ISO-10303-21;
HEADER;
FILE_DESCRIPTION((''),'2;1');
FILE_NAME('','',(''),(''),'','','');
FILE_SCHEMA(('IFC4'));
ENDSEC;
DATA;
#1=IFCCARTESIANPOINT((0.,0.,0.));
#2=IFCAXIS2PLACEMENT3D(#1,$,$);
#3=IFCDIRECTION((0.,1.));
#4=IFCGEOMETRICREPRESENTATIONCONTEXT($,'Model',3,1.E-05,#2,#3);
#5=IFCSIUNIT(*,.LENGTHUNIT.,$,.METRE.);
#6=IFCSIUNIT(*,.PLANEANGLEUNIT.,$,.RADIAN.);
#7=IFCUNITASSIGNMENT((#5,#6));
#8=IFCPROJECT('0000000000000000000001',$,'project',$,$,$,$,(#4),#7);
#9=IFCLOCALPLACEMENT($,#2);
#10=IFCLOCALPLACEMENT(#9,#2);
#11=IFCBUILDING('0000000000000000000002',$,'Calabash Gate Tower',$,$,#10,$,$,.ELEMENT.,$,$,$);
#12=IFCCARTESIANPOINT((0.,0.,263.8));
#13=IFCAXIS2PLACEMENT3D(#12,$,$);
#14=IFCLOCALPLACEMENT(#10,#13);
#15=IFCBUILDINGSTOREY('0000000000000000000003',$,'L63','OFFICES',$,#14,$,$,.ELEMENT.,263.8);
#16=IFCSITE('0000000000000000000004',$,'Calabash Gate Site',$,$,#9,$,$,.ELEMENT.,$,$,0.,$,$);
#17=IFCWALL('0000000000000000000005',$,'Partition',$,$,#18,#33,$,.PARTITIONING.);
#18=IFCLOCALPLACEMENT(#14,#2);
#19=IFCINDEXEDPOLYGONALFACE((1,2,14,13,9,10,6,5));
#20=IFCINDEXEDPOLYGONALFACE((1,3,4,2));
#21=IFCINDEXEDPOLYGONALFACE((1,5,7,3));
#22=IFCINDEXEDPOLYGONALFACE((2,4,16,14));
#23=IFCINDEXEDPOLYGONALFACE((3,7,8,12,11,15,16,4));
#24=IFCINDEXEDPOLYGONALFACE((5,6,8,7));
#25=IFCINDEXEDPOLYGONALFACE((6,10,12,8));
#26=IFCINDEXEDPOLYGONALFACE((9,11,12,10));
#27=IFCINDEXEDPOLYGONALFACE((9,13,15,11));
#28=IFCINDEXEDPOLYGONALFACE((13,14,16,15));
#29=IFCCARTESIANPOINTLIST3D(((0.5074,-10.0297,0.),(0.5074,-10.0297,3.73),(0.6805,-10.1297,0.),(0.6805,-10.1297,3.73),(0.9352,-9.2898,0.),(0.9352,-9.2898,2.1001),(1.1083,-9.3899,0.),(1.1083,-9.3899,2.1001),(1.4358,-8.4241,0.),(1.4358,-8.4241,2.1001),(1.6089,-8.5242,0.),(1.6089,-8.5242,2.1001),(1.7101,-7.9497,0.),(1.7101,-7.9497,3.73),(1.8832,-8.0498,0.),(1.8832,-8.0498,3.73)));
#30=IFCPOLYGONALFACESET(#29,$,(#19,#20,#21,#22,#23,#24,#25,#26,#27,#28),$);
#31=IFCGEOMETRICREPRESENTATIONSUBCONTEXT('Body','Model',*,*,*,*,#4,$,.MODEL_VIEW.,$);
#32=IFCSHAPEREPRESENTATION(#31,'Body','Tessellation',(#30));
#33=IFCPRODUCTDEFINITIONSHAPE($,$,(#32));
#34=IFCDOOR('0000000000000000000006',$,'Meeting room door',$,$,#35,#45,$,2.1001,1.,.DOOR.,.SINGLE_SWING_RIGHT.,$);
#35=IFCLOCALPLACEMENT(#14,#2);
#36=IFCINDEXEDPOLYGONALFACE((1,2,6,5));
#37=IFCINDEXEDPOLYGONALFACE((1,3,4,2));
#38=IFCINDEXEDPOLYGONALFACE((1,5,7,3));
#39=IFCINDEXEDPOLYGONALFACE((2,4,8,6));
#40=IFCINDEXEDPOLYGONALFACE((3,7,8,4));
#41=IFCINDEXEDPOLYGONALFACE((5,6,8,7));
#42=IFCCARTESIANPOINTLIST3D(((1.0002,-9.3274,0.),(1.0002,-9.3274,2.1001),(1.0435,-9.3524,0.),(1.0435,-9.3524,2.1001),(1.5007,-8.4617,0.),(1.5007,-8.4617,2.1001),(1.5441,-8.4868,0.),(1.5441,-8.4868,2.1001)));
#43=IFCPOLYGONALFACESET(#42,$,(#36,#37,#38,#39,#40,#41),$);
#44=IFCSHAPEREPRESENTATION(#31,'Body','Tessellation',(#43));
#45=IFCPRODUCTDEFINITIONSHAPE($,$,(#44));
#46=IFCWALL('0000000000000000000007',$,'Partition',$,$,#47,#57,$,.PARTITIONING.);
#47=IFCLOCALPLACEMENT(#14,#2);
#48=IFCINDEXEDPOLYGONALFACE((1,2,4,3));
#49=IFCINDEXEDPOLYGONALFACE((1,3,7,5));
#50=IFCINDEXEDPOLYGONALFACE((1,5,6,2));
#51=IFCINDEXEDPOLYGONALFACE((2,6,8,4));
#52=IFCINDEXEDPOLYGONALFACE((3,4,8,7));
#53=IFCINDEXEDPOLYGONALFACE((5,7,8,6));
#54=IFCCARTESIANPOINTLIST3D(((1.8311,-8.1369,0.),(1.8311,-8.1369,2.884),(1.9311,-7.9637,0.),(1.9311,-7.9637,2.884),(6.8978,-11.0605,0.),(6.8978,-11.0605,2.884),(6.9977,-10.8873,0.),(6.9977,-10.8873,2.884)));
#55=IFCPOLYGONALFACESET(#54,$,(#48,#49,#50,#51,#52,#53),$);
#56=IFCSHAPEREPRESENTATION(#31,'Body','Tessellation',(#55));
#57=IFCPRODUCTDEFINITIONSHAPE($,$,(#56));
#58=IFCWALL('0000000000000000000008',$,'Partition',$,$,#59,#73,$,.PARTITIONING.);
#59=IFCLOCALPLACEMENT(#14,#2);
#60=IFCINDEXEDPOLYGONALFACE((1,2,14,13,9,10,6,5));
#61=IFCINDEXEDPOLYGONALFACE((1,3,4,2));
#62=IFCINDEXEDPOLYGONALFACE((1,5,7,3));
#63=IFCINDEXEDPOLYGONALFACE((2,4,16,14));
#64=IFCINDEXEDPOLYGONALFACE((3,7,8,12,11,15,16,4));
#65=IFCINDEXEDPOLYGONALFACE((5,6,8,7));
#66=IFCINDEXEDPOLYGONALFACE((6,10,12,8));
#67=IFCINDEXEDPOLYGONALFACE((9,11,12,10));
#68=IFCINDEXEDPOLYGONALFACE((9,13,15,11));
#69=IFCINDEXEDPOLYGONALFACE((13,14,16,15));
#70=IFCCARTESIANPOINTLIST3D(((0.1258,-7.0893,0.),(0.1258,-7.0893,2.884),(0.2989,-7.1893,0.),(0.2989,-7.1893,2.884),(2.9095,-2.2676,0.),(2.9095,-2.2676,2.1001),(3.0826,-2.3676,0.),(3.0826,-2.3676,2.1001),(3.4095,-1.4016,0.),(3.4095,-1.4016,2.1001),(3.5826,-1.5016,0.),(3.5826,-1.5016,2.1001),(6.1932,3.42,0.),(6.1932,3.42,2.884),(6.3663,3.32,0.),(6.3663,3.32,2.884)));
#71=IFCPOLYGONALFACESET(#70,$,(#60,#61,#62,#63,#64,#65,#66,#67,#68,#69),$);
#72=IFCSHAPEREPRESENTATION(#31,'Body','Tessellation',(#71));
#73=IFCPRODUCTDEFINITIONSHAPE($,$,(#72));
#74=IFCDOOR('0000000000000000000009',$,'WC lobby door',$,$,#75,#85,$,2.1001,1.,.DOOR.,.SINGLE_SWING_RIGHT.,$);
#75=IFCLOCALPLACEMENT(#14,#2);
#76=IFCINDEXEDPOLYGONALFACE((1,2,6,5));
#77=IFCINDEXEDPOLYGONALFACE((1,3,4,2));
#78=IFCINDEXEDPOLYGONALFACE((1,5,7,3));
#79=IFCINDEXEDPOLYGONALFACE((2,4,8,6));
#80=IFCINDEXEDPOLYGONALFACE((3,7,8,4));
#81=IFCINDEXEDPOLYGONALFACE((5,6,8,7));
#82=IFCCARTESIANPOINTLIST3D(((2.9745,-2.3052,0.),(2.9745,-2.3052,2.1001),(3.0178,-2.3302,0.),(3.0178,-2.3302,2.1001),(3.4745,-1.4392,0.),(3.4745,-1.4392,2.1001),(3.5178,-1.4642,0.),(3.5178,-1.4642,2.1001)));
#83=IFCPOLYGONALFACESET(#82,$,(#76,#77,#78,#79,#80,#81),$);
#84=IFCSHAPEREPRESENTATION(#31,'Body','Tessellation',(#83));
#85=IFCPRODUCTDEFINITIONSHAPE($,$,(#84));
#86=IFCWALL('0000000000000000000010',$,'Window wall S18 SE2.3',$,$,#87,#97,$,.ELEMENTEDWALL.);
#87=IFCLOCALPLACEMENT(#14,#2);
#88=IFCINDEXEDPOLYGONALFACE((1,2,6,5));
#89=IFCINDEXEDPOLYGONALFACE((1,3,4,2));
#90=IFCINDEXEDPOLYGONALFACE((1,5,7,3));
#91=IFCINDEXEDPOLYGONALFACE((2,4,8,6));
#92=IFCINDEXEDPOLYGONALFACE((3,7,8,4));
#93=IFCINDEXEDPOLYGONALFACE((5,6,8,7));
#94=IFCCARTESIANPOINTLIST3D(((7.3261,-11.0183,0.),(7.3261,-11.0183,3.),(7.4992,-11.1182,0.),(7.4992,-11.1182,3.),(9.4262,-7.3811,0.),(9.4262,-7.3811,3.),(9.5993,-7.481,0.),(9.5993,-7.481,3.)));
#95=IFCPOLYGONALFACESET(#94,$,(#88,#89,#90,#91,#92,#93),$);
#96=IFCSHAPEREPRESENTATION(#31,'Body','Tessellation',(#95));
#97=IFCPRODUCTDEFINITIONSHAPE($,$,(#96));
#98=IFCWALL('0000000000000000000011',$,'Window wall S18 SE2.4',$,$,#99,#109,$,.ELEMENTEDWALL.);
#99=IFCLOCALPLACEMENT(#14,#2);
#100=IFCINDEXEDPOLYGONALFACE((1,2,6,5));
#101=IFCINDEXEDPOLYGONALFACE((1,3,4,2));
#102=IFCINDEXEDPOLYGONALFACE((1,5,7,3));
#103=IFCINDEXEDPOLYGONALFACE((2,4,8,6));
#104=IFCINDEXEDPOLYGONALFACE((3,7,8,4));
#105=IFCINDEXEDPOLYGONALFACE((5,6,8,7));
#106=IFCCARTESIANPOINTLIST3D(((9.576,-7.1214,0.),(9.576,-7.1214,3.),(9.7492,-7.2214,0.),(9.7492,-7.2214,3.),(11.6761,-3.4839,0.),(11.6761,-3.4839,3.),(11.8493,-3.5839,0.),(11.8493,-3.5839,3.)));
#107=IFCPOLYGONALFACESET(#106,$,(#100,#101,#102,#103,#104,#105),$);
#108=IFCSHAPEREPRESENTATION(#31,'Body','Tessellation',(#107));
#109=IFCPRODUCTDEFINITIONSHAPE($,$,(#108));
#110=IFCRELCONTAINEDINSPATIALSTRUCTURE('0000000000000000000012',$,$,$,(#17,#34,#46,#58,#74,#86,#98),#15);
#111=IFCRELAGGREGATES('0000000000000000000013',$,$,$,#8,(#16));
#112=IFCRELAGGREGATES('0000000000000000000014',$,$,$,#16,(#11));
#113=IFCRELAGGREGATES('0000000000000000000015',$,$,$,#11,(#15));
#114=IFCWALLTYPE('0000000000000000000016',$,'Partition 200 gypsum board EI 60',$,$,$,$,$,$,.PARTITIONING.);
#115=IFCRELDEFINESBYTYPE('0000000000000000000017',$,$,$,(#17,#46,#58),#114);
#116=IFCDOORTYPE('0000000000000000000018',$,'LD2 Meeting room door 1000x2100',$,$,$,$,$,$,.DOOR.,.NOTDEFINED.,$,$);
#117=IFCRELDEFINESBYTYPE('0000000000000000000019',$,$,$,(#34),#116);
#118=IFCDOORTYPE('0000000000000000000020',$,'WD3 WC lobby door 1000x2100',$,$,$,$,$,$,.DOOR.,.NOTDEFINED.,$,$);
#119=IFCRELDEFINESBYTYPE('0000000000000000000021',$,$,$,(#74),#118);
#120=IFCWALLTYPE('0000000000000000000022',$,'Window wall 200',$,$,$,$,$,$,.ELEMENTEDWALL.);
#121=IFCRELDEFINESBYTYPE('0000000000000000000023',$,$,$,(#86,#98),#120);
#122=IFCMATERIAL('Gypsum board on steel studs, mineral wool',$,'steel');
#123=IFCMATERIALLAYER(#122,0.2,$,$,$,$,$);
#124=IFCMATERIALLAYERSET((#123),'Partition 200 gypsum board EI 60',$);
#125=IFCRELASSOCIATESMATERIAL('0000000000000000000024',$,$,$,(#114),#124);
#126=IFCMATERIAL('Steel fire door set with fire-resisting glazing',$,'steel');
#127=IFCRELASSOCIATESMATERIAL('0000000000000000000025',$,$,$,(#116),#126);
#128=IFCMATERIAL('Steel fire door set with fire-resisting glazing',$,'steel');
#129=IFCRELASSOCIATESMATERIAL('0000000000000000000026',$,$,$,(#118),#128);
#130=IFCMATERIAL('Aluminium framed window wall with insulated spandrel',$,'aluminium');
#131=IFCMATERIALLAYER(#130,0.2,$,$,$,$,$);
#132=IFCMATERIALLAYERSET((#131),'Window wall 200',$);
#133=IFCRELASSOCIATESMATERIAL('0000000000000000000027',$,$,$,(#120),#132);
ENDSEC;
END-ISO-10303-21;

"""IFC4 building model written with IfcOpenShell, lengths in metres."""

from ifc_helpers import new_model, si_unit, direction, frame, frame_2d, origin, place, context, subcontext, project, spatial, rectangle, extrude, material, layer, layer_set, type_object, element, fill, save


model = new_model("IFC4")

# Units and contexts
model_context = context("Model", 3, precision=1e-05, world=origin(), true_north=direction((0.0, 1.0)))
body_context = subcontext(model_context, "Body", "Model", "MODEL_VIEW")
ifc_project = project(units=[si_unit("LENGTHUNIT", "METRE"), si_unit("PLANEANGLEUNIT", "RADIAN")], contexts=[model_context])

# Site, building, storey
site_placement = place(None, origin())
site = spatial("IfcSite", under=ifc_project, at=site_placement, Name="Calabash Gate Site", CompositionType="ELEMENT", RefElevation=0.0)
building_placement = place(site_placement, origin())
building = spatial("IfcBuilding", under=site, at=building_placement, Name="Calabash Gate Tower", CompositionType="ELEMENT")
storey_placement = place(building_placement, frame((0.0, 0.0, 263.8)))
storey = spatial("IfcBuildingStorey", under=building, at=storey_placement, Name="L63", Description="OFFICES", CompositionType="ELEMENT", Elevation=263.8)

# Wall, opening, door
ifc_material_1 = material(Name="Gypsum board on steel studs, mineral wool", Category="steel")
ifc_layer_1 = layer(ifc_material_1, 0.2)
ifc_layer_set_1 = layer_set([ifc_layer_1], Name="Partition 200 gypsum board EI 60")
wall_type_1 = type_object("IfcWallType", Name="Partition 200 gypsum board EI 60", PredefinedType="PARTITIONING", material=ifc_layer_set_1)
wall_1_placement = place(storey_placement, frame((0.594, -10.0796, 0.0), z_axis=(0.0, 0.0, 1.0), x_axis=(0.500576, 0.865693, 0.0)))
wall_1 = element("IfcWall", 1, at=wall_1_placement, inside=storey, type_object=wall_type_1, Name="Partition", PredefinedType="PARTITIONING", context=body_context, shape_type="SweptSolid", body=[
    extrude(rectangle(XDim=2.4026, YDim=0.2, at=frame_2d((1.2012, 0.0))), origin(), (0.0, 0.0, 1.0), 3.73),
])
opening_1_placement = place(wall_1_placement, frame((0.8545, 0.0, 0.0)))
opening_1 = element("IfcOpeningElement", 2, at=opening_1_placement, cuts=wall_1, PredefinedType="OPENING", context=body_context, shape_type="SweptSolid", body=[
    extrude(rectangle(XDim=1.0, YDim=2.1001, at=frame_2d((0.5, 1.05))), frame((0.0, 0.1099, 0.0), z_axis=(0.0, -1.0, 0.0), x_axis=(1.0, 0.0, 0.0)), (0.0, 0.0, 1.0), 0.22),
])
ifc_material_2 = material(Name="Steel fire door set with fire-resisting glazing", Category="steel")
door_type_1 = type_object("IfcDoorType", Name="LD2 Meeting room door 1000x2100", OperationType="NOTDEFINED", PredefinedType="DOOR", material=ifc_material_2)
door_1_placement = place(opening_1_placement, origin())
door_1 = element("IfcDoor", 3, at=door_1_placement, inside=storey, type_object=door_type_1, Name="Meeting room door", OperationType="SINGLE_SWING_RIGHT", OverallHeight=2.1001, OverallWidth=1.0, PredefinedType="DOOR", context=body_context, shape_type="SweptSolid", body=[
    extrude(rectangle(XDim=1.0, YDim=2.1001, at=frame_2d((0.5, 1.05))), frame((0.0, 0.0249, 0.0), z_axis=(0.0, -1.0, 0.0), x_axis=(1.0, 0.0, 0.0)), (0.0, 0.0, 1.0), 0.05),
])
fill(opening_1, door_1)

# Wall
wall_2_placement = place(storey_placement, frame((1.8811, -8.0503, 0.0), z_axis=(0.0, 0.0, 1.0), x_axis=(0.866147, -0.499789, 0.0)))
element("IfcWall", 4, at=wall_2_placement, inside=storey, type_object=wall_type_1, Name="Partition", PredefinedType="PARTITIONING", context=body_context, shape_type="SweptSolid", body=[
    extrude(rectangle(XDim=5.8496, YDim=0.2, at=frame_2d((2.9248, 0.0))), origin(), (0.0, 0.0, 1.0), 2.884),
])

# Wall, opening, door
wall_3_placement = place(storey_placement, frame((0.2124, -7.1392, 0.0), z_axis=(0.0, 0.0, 1.0), x_axis=(0.499991, 0.866031, 0.0)))
wall_3 = element("IfcWall", 5, at=wall_3_placement, inside=storey, type_object=wall_type_1, Name="Partition", PredefinedType="PARTITIONING", context=body_context, shape_type="SweptSolid", body=[
    extrude(rectangle(XDim=12.135, YDim=0.2, at=frame_2d((6.0674, 0.0))), origin(), (0.0, 0.0, 1.0), 2.884),
])
opening_2_placement = place(wall_3_placement, frame((5.5674, 0.0, 0.0)))
opening_2 = element("IfcOpeningElement", 6, at=opening_2_placement, cuts=wall_3, PredefinedType="OPENING", context=body_context, shape_type="SweptSolid", body=[
    extrude(rectangle(XDim=1.0, YDim=2.1001, at=frame_2d((0.5, 1.05))), frame((0.0, 0.1099, 0.0), z_axis=(0.0, -1.0, 0.0), x_axis=(1.0, 0.0, 0.0)), (0.0, 0.0, 1.0), 0.22),
])
ifc_material_3 = material(Name="Steel fire door set with fire-resisting glazing", Category="steel")
door_type_2 = type_object("IfcDoorType", Name="WD3 WC lobby door 1000x2100", OperationType="NOTDEFINED", PredefinedType="DOOR", material=ifc_material_3)
door_2_placement = place(opening_2_placement, origin())
door_2 = element("IfcDoor", 7, at=door_2_placement, inside=storey, type_object=door_type_2, Name="WC lobby door", OperationType="SINGLE_SWING_RIGHT", OverallHeight=2.1001, OverallWidth=1.0, PredefinedType="DOOR", context=body_context, shape_type="SweptSolid", body=[
    extrude(rectangle(XDim=1.0, YDim=2.1001, at=frame_2d((0.5, 1.05))), frame((0.0, 0.0249, 0.0), z_axis=(0.0, -1.0, 0.0), x_axis=(1.0, 0.0, 0.0)), (0.0, 0.0, 1.0), 0.05),
])
fill(opening_2, door_2)

# Walls
ifc_material_4 = material(Name="Aluminium framed window wall with insulated spandrel", Category="aluminium")
ifc_layer_2 = layer(ifc_material_4, 0.2)
ifc_layer_set_2 = layer_set([ifc_layer_2], Name="Window wall 200")
wall_type_2 = type_object("IfcWallType", Name="Window wall 200", PredefinedType="ELEMENTEDWALL", material=ifc_layer_set_2)
wall_4_placement = place(storey_placement, frame((7.4126, -11.0684, 0.0), z_axis=(0.0, 0.0, 1.0), x_axis=(0.500028, 0.866009, 0.0)))
element("IfcWall", 8, at=wall_4_placement, inside=storey, type_object=wall_type_2, Name="Window wall S18 SE2.3", PredefinedType="ELEMENTEDWALL", context=body_context, shape_type="SweptSolid", body=[
    extrude(rectangle(XDim=4.2, YDim=0.2, at=frame_2d((2.1001, 0.0))), origin(), (0.0, 0.0, 1.0), 3.0),
])
wall_5_placement = place(storey_placement, frame((9.6626, -7.1714, 0.0), z_axis=(0.0, 0.0, 1.0), x_axis=(0.500003, 0.866024, 0.0)))
element("IfcWall", 9, at=wall_5_placement, inside=storey, type_object=wall_type_2, Name="Window wall S18 SE2.4", PredefinedType="ELEMENTEDWALL", context=body_context, shape_type="SweptSolid", body=[
    extrude(rectangle(XDim=4.2002, YDim=0.2, at=frame_2d((2.1001, 0.0))), origin(), (0.0, 0.0, 1.0), 3.0),
])

save(model, "model.ifc")
